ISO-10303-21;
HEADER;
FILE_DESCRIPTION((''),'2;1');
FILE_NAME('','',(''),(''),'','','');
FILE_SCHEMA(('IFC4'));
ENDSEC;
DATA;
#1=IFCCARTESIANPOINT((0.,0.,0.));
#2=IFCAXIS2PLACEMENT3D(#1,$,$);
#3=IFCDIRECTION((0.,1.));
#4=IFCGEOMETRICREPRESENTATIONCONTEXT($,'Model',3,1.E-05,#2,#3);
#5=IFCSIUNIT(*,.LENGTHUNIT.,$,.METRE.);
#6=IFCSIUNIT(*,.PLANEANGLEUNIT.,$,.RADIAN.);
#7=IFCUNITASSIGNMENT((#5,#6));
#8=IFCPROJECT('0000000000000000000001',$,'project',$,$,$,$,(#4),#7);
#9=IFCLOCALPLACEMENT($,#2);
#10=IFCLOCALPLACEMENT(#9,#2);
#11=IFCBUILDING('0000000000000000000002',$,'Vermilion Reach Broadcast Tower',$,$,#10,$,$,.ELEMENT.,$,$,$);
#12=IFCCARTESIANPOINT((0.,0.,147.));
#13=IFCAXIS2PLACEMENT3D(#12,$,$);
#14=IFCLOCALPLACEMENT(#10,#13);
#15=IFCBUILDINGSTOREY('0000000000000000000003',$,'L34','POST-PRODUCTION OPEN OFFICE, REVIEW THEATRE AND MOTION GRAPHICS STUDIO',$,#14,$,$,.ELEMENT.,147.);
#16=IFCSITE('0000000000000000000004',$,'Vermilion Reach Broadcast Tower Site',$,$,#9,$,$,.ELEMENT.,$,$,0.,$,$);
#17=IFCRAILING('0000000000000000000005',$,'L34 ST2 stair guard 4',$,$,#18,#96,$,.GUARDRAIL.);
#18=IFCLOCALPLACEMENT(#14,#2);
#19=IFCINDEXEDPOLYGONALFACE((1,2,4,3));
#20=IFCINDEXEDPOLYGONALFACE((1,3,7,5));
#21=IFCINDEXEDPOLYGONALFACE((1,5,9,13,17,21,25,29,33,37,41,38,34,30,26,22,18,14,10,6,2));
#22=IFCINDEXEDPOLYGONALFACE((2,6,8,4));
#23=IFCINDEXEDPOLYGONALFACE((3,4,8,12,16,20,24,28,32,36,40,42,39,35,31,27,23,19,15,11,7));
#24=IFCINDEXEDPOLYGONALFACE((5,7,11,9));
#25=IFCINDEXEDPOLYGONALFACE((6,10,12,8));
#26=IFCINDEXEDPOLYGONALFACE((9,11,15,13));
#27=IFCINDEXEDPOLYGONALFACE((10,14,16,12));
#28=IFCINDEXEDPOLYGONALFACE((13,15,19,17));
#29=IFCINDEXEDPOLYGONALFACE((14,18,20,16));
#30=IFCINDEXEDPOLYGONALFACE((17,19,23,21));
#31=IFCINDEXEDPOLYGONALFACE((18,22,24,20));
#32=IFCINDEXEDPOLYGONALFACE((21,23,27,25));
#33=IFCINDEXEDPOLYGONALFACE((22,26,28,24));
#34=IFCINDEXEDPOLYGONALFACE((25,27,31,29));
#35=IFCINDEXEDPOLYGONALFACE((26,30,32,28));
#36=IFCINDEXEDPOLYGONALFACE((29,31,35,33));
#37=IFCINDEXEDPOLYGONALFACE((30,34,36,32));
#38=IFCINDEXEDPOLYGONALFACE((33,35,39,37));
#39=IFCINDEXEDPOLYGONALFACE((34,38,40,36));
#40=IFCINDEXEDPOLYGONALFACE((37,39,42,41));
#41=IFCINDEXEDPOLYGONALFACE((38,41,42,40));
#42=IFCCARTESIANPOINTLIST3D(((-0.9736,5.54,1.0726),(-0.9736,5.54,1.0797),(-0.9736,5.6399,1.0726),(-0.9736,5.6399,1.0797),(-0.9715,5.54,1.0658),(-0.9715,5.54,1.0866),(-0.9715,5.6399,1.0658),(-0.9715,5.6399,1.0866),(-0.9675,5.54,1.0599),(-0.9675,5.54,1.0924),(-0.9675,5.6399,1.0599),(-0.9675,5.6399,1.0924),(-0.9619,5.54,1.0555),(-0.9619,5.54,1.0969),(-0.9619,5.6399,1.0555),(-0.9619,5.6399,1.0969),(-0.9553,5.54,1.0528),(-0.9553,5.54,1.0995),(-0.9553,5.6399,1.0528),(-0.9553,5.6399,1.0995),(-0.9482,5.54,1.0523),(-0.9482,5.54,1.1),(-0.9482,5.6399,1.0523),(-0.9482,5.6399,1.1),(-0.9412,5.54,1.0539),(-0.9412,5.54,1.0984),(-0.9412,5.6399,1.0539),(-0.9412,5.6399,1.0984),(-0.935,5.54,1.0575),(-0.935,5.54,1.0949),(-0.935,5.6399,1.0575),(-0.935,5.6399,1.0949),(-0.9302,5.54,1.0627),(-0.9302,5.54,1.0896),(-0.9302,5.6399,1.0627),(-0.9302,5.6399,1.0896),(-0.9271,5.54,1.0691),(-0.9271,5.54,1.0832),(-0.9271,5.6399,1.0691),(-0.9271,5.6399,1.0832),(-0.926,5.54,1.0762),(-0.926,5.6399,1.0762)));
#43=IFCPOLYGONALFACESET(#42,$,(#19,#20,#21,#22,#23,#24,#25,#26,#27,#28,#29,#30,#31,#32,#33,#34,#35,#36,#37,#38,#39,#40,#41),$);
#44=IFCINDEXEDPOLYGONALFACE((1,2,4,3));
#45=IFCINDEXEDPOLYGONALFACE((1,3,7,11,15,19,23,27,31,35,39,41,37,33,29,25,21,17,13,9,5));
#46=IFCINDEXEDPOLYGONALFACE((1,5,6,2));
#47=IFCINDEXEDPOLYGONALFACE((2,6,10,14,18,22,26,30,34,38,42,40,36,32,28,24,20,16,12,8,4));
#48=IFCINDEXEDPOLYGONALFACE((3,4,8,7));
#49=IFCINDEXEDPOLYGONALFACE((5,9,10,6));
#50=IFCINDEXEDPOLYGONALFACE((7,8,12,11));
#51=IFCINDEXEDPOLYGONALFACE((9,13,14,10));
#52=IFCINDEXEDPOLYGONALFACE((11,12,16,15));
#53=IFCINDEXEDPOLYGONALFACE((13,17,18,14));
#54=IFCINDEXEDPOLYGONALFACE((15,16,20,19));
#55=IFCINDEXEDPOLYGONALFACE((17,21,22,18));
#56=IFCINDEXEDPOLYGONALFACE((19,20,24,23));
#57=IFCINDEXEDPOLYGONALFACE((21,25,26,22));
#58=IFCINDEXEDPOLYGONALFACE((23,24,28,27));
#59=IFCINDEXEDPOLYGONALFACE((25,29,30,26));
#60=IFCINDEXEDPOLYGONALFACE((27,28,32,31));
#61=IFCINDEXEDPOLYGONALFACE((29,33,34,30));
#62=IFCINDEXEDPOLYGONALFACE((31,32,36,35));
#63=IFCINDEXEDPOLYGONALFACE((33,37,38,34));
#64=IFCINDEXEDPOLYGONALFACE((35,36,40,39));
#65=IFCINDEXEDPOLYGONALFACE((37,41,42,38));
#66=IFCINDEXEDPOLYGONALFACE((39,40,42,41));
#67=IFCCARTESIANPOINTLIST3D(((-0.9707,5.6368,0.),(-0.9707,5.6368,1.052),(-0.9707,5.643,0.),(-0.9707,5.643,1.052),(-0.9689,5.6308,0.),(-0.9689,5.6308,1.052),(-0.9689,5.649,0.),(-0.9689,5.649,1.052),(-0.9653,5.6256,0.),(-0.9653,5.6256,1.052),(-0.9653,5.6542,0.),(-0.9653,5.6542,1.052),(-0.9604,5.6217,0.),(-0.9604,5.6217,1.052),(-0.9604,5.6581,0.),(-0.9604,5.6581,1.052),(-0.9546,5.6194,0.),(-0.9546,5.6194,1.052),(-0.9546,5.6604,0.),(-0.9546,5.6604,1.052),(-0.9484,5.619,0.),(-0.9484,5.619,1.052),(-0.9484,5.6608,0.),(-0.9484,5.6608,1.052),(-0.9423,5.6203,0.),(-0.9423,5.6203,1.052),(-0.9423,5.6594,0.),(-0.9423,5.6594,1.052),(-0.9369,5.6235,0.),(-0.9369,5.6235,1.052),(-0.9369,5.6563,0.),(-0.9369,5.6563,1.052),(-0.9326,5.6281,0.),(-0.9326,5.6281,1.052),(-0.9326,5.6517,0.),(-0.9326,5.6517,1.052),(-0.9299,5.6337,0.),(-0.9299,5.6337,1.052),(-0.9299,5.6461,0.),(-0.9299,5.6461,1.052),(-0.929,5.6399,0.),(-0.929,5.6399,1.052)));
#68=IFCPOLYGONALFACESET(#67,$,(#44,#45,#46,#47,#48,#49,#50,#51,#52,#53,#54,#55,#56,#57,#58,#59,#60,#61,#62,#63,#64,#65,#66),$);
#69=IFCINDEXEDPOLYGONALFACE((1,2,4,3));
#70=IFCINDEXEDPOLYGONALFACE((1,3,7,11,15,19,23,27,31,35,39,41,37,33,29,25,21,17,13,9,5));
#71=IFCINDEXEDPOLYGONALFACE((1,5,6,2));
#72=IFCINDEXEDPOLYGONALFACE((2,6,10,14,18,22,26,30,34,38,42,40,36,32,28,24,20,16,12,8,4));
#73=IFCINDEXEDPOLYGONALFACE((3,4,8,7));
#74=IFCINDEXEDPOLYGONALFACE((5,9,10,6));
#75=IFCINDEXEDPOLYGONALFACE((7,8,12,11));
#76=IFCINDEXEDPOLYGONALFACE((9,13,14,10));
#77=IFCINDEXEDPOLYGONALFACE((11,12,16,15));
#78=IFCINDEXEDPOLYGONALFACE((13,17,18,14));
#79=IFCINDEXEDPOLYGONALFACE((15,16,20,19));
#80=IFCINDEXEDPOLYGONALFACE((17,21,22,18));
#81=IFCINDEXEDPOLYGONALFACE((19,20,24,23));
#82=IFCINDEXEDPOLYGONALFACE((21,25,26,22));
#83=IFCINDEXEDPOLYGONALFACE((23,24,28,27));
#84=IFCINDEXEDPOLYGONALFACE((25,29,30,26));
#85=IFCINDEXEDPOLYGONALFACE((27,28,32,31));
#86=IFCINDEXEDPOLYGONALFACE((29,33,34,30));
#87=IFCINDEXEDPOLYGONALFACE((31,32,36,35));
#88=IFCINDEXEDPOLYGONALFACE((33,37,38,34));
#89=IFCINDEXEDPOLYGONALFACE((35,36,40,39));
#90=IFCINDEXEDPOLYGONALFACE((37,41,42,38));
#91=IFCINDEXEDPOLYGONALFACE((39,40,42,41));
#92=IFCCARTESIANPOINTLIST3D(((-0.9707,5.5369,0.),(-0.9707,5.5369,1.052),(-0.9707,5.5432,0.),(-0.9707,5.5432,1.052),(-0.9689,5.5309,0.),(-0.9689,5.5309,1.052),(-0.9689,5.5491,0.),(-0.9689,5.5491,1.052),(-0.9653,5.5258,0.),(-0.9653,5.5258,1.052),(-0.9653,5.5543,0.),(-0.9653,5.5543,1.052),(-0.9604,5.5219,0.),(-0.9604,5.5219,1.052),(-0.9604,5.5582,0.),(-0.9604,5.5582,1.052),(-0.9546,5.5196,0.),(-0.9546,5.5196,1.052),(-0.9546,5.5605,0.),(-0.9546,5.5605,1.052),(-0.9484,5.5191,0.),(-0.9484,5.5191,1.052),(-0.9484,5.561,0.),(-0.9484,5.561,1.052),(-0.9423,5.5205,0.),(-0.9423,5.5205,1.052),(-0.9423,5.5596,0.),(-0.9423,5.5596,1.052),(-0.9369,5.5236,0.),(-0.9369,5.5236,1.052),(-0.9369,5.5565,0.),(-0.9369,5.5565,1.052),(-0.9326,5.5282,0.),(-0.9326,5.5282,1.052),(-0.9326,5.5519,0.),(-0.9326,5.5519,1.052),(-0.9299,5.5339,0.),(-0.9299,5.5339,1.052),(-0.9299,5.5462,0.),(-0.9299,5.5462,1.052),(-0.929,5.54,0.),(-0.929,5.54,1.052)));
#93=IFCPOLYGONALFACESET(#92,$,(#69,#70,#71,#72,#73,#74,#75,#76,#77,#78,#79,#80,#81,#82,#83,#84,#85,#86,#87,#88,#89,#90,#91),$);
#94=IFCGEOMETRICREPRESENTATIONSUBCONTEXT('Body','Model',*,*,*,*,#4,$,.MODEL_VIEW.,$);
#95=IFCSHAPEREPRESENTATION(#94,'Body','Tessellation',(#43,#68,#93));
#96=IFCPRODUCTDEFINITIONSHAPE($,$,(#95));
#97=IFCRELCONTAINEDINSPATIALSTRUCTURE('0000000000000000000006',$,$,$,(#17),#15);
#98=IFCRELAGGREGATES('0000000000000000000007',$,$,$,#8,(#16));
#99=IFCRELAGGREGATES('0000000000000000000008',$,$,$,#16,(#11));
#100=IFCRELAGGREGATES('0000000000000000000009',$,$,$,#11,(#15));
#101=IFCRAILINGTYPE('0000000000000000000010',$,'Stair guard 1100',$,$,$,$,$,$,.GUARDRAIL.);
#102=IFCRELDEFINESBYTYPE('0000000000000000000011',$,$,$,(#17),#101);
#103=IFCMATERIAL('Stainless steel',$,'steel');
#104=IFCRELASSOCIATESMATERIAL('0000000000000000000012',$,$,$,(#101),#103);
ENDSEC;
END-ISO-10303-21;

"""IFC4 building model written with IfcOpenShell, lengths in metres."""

from ifc_helpers import new_model, si_unit, direction, frame, origin, origin_2d, place, context, subcontext, project, spatial, circle, extrude, material, type_object, element, save


model = new_model("IFC4")

# Units and contexts
model_context = context("Model", 3, precision=1e-05, world=origin(), true_north=direction((0.0, 1.0)))
body_context = subcontext(model_context, "Body", "Model", "MODEL_VIEW")
ifc_project = project(units=[si_unit("LENGTHUNIT", "METRE"), si_unit("PLANEANGLEUNIT", "RADIAN")], contexts=[model_context])

# Site, building, storey
site_placement = place(None, origin())
site = spatial("IfcSite", under=ifc_project, at=site_placement, Name="Vermilion Reach Broadcast Tower Site", CompositionType="ELEMENT", RefElevation=0.0)
building_placement = place(site_placement, origin())
building = spatial("IfcBuilding", under=site, at=building_placement, Name="Vermilion Reach Broadcast Tower", CompositionType="ELEMENT")
storey_placement = place(building_placement, frame((0.0, 0.0, 147.0)))
storey = spatial("IfcBuildingStorey", under=building, at=storey_placement, Name="L34", Description="POST-PRODUCTION OPEN OFFICE, REVIEW THEATRE AND MOTION GRAPHICS STUDIO", CompositionType="ELEMENT", Elevation=147.0)

# Railing
ifc_material_1 = material(Name="Stainless steel", Category="steel")
railing_type_1 = type_object("IfcRailingType", Name="Stair guard 1100", PredefinedType="GUARDRAIL", material=ifc_material_1)
railing_1_placement = place(storey_placement, frame((-0.95, 5.6399, 0.0)))
element("IfcRailing", 1, at=railing_1_placement, inside=storey, type_object=railing_type_1, Name="L34 ST2 stair guard 4", PredefinedType="GUARDRAIL", context=body_context, shape_type="SweptSolid", body=[
    extrude(circle(Radius=0.0239, at=origin_2d()), frame((0.0, 0.0, 1.0762), z_axis=(0.0, -1.0, 0.0), x_axis=(1.0, 0.0, 0.0)), (0.0, 0.0, 1.0), 0.0999),
    extrude(circle(Radius=0.021, at=origin_2d()), origin(), (0.0, 0.0, 1.0), 1.052),
    extrude(circle(Radius=0.021, at=origin_2d()), frame((0.0, -0.0999, 0.0)), (0.0, 0.0, 1.0), 1.052),
])

save(model, "model.ifc")
